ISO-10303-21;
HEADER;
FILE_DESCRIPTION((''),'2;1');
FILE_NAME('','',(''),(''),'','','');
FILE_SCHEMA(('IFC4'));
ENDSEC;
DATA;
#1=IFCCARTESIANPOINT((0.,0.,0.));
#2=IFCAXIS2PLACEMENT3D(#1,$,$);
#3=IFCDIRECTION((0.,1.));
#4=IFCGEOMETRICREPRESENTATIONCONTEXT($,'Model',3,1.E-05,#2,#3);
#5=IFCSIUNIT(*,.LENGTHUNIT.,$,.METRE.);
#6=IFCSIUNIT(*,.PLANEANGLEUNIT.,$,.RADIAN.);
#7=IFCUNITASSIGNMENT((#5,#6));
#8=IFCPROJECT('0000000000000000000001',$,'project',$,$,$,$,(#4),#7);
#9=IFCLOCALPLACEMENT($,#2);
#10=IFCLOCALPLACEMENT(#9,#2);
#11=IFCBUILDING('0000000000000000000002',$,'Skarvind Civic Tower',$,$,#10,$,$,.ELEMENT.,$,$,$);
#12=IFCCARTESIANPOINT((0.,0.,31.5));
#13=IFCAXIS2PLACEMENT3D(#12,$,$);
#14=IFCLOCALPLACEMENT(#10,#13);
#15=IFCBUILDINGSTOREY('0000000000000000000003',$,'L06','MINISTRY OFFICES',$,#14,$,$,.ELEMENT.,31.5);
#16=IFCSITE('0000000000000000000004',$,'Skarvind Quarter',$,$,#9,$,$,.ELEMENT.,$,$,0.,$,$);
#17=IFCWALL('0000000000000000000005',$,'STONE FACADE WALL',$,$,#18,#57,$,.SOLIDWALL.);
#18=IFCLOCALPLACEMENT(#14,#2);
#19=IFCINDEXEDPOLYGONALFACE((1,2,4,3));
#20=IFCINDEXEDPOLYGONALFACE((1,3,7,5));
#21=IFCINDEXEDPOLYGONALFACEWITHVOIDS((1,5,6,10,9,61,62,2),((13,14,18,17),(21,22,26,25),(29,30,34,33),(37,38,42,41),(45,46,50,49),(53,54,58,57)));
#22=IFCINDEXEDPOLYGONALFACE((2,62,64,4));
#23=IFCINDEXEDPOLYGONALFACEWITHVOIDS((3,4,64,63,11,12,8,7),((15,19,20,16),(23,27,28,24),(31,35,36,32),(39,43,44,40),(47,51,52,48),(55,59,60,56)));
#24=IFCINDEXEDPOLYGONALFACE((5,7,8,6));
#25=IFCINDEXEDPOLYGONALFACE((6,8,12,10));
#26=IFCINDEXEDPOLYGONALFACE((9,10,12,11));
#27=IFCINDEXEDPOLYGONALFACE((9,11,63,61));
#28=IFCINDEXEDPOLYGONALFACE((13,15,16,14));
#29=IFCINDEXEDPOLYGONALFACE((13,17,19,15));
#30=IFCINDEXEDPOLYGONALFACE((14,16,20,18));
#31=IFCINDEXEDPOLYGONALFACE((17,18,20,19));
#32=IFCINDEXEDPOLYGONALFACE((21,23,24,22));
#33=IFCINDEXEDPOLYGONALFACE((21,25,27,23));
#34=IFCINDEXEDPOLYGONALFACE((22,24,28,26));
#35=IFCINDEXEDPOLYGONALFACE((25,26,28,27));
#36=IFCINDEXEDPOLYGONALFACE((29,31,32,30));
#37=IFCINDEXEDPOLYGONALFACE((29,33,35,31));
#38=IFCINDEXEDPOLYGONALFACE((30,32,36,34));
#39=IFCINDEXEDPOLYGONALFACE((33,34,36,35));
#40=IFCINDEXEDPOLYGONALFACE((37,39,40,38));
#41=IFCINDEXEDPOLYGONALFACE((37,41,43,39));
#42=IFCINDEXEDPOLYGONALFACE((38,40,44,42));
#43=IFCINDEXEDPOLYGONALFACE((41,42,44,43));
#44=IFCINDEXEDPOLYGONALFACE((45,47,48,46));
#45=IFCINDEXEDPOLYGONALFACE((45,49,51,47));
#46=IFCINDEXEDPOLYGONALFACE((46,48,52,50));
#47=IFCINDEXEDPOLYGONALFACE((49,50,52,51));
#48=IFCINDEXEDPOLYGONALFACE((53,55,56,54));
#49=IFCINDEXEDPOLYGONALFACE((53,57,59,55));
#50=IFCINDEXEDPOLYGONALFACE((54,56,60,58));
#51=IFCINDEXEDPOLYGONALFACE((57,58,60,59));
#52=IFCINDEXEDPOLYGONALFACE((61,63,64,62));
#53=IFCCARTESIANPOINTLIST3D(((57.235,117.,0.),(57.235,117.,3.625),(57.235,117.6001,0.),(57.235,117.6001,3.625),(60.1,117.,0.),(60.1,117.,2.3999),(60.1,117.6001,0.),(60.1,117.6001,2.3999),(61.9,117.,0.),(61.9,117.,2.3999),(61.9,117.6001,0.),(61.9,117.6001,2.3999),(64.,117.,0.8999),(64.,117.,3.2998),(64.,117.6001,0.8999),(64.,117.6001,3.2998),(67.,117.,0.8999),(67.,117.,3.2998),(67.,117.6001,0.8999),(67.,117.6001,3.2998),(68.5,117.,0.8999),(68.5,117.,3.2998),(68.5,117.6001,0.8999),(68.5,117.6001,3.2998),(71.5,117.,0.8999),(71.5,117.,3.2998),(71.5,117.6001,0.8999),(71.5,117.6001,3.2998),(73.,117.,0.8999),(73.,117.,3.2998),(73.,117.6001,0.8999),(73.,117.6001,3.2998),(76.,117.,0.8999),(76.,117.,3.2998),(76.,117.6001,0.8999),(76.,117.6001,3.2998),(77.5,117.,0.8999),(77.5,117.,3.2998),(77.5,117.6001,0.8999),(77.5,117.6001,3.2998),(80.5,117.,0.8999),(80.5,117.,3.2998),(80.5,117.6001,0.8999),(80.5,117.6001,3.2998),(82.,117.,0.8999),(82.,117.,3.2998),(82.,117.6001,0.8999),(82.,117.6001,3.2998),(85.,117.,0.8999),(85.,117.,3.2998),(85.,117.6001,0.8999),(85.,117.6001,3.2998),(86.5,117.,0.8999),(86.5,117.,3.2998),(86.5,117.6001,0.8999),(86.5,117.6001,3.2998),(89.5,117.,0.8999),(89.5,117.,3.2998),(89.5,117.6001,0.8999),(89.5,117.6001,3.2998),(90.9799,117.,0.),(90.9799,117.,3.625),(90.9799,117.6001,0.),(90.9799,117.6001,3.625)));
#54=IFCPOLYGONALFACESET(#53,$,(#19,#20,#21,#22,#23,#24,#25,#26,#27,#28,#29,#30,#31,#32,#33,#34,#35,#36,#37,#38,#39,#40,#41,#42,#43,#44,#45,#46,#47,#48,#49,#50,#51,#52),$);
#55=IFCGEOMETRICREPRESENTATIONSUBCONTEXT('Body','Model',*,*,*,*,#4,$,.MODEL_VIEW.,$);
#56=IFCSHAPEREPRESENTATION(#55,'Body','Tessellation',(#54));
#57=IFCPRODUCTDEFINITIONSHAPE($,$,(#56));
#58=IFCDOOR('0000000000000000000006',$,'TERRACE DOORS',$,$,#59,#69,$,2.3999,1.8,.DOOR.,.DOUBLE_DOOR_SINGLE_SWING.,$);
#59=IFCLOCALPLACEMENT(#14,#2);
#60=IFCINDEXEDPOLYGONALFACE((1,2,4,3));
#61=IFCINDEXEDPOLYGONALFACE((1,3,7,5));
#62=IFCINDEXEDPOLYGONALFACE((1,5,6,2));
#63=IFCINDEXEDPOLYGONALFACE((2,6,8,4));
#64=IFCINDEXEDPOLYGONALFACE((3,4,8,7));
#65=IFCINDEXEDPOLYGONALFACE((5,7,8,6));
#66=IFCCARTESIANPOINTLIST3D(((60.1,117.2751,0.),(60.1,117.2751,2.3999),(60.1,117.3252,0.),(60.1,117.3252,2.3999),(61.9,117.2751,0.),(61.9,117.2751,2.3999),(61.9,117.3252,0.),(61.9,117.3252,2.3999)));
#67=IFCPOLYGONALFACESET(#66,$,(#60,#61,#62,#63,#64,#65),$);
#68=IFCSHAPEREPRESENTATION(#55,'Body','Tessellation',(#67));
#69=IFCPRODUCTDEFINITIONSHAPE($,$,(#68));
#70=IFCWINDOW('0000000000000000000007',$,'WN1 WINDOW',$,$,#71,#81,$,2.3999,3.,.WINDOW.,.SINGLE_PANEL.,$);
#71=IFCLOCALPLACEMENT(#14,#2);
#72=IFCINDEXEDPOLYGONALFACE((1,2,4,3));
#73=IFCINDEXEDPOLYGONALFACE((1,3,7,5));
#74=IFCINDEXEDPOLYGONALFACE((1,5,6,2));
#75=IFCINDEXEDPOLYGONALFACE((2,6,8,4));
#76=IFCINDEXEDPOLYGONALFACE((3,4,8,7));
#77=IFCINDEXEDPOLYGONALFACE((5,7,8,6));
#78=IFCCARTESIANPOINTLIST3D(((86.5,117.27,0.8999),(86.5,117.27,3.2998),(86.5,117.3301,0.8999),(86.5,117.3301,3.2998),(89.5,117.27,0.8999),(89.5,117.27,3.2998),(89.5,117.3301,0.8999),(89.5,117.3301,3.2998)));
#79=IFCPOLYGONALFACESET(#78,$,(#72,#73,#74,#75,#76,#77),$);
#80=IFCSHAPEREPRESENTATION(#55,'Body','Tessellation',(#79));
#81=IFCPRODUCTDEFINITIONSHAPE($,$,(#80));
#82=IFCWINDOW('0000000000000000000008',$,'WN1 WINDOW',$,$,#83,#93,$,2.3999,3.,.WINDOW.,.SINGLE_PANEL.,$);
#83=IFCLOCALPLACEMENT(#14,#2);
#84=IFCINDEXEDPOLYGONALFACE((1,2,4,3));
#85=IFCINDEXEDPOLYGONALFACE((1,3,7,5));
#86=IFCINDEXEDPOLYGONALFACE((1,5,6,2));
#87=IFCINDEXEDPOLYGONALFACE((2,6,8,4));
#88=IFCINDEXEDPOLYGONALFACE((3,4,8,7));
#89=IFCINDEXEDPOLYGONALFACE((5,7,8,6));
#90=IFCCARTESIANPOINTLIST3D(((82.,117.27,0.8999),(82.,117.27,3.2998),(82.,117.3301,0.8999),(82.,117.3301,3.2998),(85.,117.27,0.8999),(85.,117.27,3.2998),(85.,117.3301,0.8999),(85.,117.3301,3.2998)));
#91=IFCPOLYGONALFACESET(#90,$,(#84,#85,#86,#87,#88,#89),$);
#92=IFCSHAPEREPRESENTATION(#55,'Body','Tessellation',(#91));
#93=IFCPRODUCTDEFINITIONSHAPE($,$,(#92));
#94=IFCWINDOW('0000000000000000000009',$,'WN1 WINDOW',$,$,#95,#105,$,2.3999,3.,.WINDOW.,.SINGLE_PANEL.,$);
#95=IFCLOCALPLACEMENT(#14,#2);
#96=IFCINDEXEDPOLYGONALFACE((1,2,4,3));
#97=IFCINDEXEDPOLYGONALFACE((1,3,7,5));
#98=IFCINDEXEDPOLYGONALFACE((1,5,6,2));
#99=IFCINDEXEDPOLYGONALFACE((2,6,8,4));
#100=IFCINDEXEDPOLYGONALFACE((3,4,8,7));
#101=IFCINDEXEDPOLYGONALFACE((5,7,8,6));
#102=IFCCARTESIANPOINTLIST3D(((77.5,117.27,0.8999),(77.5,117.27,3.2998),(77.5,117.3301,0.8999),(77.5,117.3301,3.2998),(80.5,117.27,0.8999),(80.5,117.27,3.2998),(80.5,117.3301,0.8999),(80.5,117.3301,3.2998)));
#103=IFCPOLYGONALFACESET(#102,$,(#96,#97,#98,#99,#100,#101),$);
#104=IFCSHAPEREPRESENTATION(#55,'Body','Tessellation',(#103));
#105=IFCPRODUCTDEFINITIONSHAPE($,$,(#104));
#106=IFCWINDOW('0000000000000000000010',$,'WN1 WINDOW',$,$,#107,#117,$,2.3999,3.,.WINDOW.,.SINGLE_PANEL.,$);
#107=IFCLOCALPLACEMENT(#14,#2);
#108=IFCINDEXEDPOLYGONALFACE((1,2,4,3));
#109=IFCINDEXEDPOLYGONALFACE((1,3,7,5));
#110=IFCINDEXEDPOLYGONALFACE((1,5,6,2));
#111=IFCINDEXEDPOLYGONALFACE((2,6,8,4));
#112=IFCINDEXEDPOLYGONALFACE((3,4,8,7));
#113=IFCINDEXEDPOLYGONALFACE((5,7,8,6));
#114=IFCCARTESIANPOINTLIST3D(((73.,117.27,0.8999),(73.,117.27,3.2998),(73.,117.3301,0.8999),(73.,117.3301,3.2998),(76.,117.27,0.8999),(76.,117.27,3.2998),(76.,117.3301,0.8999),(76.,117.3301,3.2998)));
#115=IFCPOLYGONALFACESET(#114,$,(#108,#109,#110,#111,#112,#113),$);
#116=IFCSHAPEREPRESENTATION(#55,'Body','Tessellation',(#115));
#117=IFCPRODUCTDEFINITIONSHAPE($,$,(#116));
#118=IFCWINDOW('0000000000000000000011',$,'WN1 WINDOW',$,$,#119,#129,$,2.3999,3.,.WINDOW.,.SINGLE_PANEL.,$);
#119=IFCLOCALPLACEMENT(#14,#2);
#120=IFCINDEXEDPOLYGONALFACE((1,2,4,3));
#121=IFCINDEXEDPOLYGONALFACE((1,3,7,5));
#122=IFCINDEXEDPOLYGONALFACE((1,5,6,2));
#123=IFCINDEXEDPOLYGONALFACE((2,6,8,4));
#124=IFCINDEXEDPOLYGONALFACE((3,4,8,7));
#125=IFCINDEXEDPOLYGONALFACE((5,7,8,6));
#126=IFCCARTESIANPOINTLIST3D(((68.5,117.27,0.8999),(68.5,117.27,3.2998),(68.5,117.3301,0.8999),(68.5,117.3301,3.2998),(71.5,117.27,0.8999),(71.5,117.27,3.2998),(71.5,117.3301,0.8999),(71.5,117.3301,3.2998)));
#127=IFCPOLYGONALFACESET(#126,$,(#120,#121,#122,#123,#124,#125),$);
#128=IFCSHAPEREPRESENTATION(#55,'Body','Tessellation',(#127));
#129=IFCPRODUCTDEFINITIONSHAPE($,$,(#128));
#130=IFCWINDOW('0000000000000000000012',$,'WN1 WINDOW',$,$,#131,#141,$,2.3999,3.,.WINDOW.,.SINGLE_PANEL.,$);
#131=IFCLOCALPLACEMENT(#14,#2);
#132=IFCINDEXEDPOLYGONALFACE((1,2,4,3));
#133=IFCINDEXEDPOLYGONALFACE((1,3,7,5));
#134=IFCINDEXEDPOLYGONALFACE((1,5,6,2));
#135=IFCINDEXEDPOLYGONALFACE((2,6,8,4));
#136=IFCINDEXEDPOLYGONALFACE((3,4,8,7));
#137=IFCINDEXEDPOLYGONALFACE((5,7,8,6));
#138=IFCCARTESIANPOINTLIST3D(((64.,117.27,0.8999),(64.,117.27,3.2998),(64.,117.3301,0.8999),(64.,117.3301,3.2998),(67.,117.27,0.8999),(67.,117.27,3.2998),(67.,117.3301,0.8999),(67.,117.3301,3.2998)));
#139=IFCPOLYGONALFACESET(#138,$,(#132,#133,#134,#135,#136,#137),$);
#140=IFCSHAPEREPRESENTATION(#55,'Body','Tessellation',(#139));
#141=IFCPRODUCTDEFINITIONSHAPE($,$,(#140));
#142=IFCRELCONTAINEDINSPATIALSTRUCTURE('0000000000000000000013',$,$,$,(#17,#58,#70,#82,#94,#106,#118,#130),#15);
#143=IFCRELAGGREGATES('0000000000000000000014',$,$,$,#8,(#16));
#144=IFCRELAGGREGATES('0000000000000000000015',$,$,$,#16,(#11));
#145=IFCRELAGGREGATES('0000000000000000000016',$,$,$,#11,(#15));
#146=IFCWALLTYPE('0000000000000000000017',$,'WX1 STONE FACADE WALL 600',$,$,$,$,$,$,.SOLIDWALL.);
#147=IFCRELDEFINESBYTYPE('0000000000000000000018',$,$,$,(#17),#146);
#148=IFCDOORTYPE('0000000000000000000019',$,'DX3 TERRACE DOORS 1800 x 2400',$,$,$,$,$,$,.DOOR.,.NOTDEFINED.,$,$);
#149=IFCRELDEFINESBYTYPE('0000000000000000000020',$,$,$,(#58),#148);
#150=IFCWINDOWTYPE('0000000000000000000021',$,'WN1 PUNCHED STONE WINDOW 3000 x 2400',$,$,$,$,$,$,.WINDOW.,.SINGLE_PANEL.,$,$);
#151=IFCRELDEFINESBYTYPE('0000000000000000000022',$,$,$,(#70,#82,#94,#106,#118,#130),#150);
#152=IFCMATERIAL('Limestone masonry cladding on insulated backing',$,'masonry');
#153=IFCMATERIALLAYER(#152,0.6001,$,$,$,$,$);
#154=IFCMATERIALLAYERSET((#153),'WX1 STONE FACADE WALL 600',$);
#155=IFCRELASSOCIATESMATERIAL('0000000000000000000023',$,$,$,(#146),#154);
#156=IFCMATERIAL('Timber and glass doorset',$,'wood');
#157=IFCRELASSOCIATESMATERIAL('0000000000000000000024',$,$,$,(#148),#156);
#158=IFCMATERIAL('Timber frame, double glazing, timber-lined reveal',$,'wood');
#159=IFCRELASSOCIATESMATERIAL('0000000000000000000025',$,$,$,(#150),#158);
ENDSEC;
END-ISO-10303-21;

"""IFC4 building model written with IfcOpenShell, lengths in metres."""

from ifc_helpers import new_model, si_unit, direction, frame, frame_2d, origin, place, context, subcontext, project, spatial, rectangle, extrude, material, layer, layer_set, type_object, element, fill, save


model = new_model("IFC4")

# Units and contexts
model_context = context("Model", 3, precision=1e-05, world=origin(), true_north=direction((0.0, 1.0)))
body_context = subcontext(model_context, "Body", "Model", "MODEL_VIEW")
ifc_project = project(units=[si_unit("LENGTHUNIT", "METRE"), si_unit("PLANEANGLEUNIT", "RADIAN")], contexts=[model_context])

# Site, building, storey
site_placement = place(None, origin())
site = spatial("IfcSite", under=ifc_project, at=site_placement, Name="Skarvind Quarter", CompositionType="ELEMENT", RefElevation=0.0)
building_placement = place(site_placement, origin())
building = spatial("IfcBuilding", under=site, at=building_placement, Name="Skarvind Civic Tower", CompositionType="ELEMENT")
storey_placement = place(building_placement, frame((0.0, 0.0, 31.5)))
storey = spatial("IfcBuildingStorey", under=building, at=storey_placement, Name="L06", Description="MINISTRY OFFICES", CompositionType="ELEMENT", Elevation=31.5)

# Wall, openings, door, windows
ifc_material_1 = material(Name="Limestone masonry cladding on insulated backing", Category="masonry")
ifc_layer_1 = layer(ifc_material_1, 0.6001)
ifc_layer_set_1 = layer_set([ifc_layer_1], Name="WX1 STONE FACADE WALL 600")
wall_type_1 = type_object("IfcWallType", Name="WX1 STONE FACADE WALL 600", PredefinedType="SOLIDWALL", material=ifc_layer_set_1)
wall_1_placement = place(storey_placement, frame((90.98, 117.3, 0.0), z_axis=(0.0, 0.0, 1.0), x_axis=(-1.0, 0.0, 0.0)))
wall_1 = element("IfcWall", 1, at=wall_1_placement, inside=storey, type_object=wall_type_1, Name="STONE FACADE WALL", PredefinedType="SOLIDWALL", context=body_context, shape_type="SweptSolid", body=[
    extrude(rectangle(XDim=33.7449, YDim=0.6001, at=frame_2d((16.8726, 0.0))), origin(), (0.0, 0.0, 1.0), 3.625),
])
opening_1_placement = place(wall_1_placement, frame((1.48, 0.0, 0.8999)))
opening_1 = element("IfcOpeningElement", 2, at=opening_1_placement, cuts=wall_1, PredefinedType="OPENING", context=body_context, shape_type="SweptSolid", body=[
    extrude(rectangle(XDim=3.0, YDim=2.3999, at=frame_2d((1.5, 1.2))), frame((0.0, 0.3101, 0.0), z_axis=(0.0, -1.0, 0.0), x_axis=(1.0, 0.0, 0.0)), (0.0, 0.0, 1.0), 0.6201),
])
opening_2_placement = place(wall_1_placement, frame((5.98, 0.0, 0.8999)))
opening_2 = element("IfcOpeningElement", 3, at=opening_2_placement, cuts=wall_1, PredefinedType="OPENING", context=body_context, shape_type="SweptSolid", body=[
    extrude(rectangle(XDim=3.0, YDim=2.3999, at=frame_2d((1.5, 1.2))), frame((0.0, 0.3101, 0.0), z_axis=(0.0, -1.0, 0.0), x_axis=(1.0, 0.0, 0.0)), (0.0, 0.0, 1.0), 0.6201),
])
opening_3_placement = place(wall_1_placement, frame((10.48, 0.0, 0.8999)))
opening_3 = element("IfcOpeningElement", 4, at=opening_3_placement, cuts=wall_1, PredefinedType="OPENING", context=body_context, shape_type="SweptSolid", body=[
    extrude(rectangle(XDim=3.0, YDim=2.3999, at=frame_2d((1.5, 1.2))), frame((0.0, 0.3101, 0.0), z_axis=(0.0, -1.0, 0.0), x_axis=(1.0, 0.0, 0.0)), (0.0, 0.0, 1.0), 0.6201),
])
opening_4_placement = place(wall_1_placement, frame((14.98, 0.0, 0.8999)))
opening_4 = element("IfcOpeningElement", 5, at=opening_4_placement, cuts=wall_1, PredefinedType="OPENING", context=body_context, shape_type="SweptSolid", body=[
    extrude(rectangle(XDim=3.0, YDim=2.3999, at=frame_2d((1.5, 1.2))), frame((0.0, 0.3101, 0.0), z_axis=(0.0, -1.0, 0.0), x_axis=(1.0, 0.0, 0.0)), (0.0, 0.0, 1.0), 0.6201),
])
opening_5_placement = place(wall_1_placement, frame((19.48, 0.0, 0.8999)))
opening_5 = element("IfcOpeningElement", 6, at=opening_5_placement, cuts=wall_1, PredefinedType="OPENING", context=body_context, shape_type="SweptSolid", body=[
    extrude(rectangle(XDim=3.0, YDim=2.3999, at=frame_2d((1.5, 1.2))), frame((0.0, 0.3101, 0.0), z_axis=(0.0, -1.0, 0.0), x_axis=(1.0, 0.0, 0.0)), (0.0, 0.0, 1.0), 0.6201),
])
opening_6_placement = place(wall_1_placement, frame((23.98, 0.0, 0.8999)))
opening_6 = element("IfcOpeningElement", 7, at=opening_6_placement, cuts=wall_1, PredefinedType="OPENING", context=body_context, shape_type="SweptSolid", body=[
    extrude(rectangle(XDim=3.0, YDim=2.3999, at=frame_2d((1.5, 1.2))), frame((0.0, 0.3101, 0.0), z_axis=(0.0, -1.0, 0.0), x_axis=(1.0, 0.0, 0.0)), (0.0, 0.0, 1.0), 0.6201),
])
opening_7_placement = place(wall_1_placement, frame((29.0801, 0.0, 0.0)))
opening_7 = element("IfcOpeningElement", 8, at=opening_7_placement, cuts=wall_1, PredefinedType="OPENING", context=body_context, shape_type="SweptSolid", body=[
    extrude(rectangle(XDim=1.8, YDim=2.3999, at=frame_2d((0.8999, 1.2))), frame((0.0, 0.3101, 0.0), z_axis=(0.0, -1.0, 0.0), x_axis=(1.0, 0.0, 0.0)), (0.0, 0.0, 1.0), 0.6201),
])
ifc_material_2 = material(Name="Timber and glass doorset", Category="wood")
door_type = type_object("IfcDoorType", Name="DX3 TERRACE DOORS 1800 x 2400", OperationType="NOTDEFINED", PredefinedType="DOOR", material=ifc_material_2)
door_placement = place(opening_7_placement, origin())
door = element("IfcDoor", 9, at=door_placement, inside=storey, type_object=door_type, Name="TERRACE DOORS", OperationType="DOUBLE_DOOR_SINGLE_SWING", OverallHeight=2.3999, OverallWidth=1.8, PredefinedType="DOOR", context=body_context, shape_type="SweptSolid", body=[
    extrude(rectangle(XDim=1.8, YDim=2.3999, at=frame_2d((0.8999, 1.2))), frame((0.0, 0.0249, 0.0), z_axis=(0.0, -1.0, 0.0), x_axis=(1.0, 0.0, 0.0)), (0.0, 0.0, 1.0), 0.05),
])
fill(opening_7, door)
ifc_material_3 = material(Name="Timber frame, double glazing, timber-lined reveal", Category="wood")
window_type = type_object("IfcWindowType", Name="WN1 PUNCHED STONE WINDOW 3000 x 2400", PartitioningType="SINGLE_PANEL", PredefinedType="WINDOW", material=ifc_material_3)
window_1_placement = place(opening_1_placement, origin())
window_1 = element("IfcWindow", 10, at=window_1_placement, inside=storey, type_object=window_type, Name="WN1 WINDOW", OverallHeight=2.3999, OverallWidth=3.0, PartitioningType="SINGLE_PANEL", PredefinedType="WINDOW", context=body_context, shape_type="SweptSolid", body=[
    extrude(rectangle(XDim=3.0, YDim=2.3999, at=frame_2d((1.5, 1.2))), frame((0.0, 0.03, 0.0), z_axis=(0.0, -1.0, 0.0), x_axis=(1.0, 0.0, 0.0)), (0.0, 0.0, 1.0), 0.0601),
])
fill(opening_1, window_1)
window_2_placement = place(opening_2_placement, origin())
window_2 = element("IfcWindow", 11, at=window_2_placement, inside=storey, type_object=window_type, Name="WN1 WINDOW", OverallHeight=2.3999, OverallWidth=3.0, PartitioningType="SINGLE_PANEL", PredefinedType="WINDOW", context=body_context, shape_type="SweptSolid", body=[
    extrude(rectangle(XDim=3.0, YDim=2.3999, at=frame_2d((1.5, 1.2))), frame((0.0, 0.03, 0.0), z_axis=(0.0, -1.0, 0.0), x_axis=(1.0, 0.0, 0.0)), (0.0, 0.0, 1.0), 0.0601),
])
fill(opening_2, window_2)
window_3_placement = place(opening_3_placement, origin())
window_3 = element("IfcWindow", 12, at=window_3_placement, inside=storey, type_object=window_type, Name="WN1 WINDOW", OverallHeight=2.3999, OverallWidth=3.0, PartitioningType="SINGLE_PANEL", PredefinedType="WINDOW", context=body_context, shape_type="SweptSolid", body=[
    extrude(rectangle(XDim=3.0, YDim=2.3999, at=frame_2d((1.5, 1.2))), frame((0.0, 0.03, 0.0), z_axis=(0.0, -1.0, 0.0), x_axis=(1.0, 0.0, 0.0)), (0.0, 0.0, 1.0), 0.0601),
])
fill(opening_3, window_3)
window_4_placement = place(opening_4_placement, origin())
window_4 = element("IfcWindow", 13, at=window_4_placement, inside=storey, type_object=window_type, Name="WN1 WINDOW", OverallHeight=2.3999, OverallWidth=3.0, PartitioningType="SINGLE_PANEL", PredefinedType="WINDOW", context=body_context, shape_type="SweptSolid", body=[
    extrude(rectangle(XDim=3.0, YDim=2.3999, at=frame_2d((1.5, 1.2))), frame((0.0, 0.03, 0.0), z_axis=(0.0, -1.0, 0.0), x_axis=(1.0, 0.0, 0.0)), (0.0, 0.0, 1.0), 0.0601),
])
fill(opening_4, window_4)
window_5_placement = place(opening_5_placement, origin())
window_5 = element("IfcWindow", 14, at=window_5_placement, inside=storey, type_object=window_type, Name="WN1 WINDOW", OverallHeight=2.3999, OverallWidth=3.0, PartitioningType="SINGLE_PANEL", PredefinedType="WINDOW", context=body_context, shape_type="SweptSolid", body=[
    extrude(rectangle(XDim=3.0, YDim=2.3999, at=frame_2d((1.5, 1.2))), frame((0.0, 0.03, 0.0), z_axis=(0.0, -1.0, 0.0), x_axis=(1.0, 0.0, 0.0)), (0.0, 0.0, 1.0), 0.0601),
])
fill(opening_5, window_5)
window_6_placement = place(opening_6_placement, origin())
window_6 = element("IfcWindow", 15, at=window_6_placement, inside=storey, type_object=window_type, Name="WN1 WINDOW", OverallHeight=2.3999, OverallWidth=3.0, PartitioningType="SINGLE_PANEL", PredefinedType="WINDOW", context=body_context, shape_type="SweptSolid", body=[
    extrude(rectangle(XDim=3.0, YDim=2.3999, at=frame_2d((1.5, 1.2))), frame((0.0, 0.03, 0.0), z_axis=(0.0, -1.0, 0.0), x_axis=(1.0, 0.0, 0.0)), (0.0, 0.0, 1.0), 0.0601),
])
fill(opening_6, window_6)

save(model, "model.ifc")
